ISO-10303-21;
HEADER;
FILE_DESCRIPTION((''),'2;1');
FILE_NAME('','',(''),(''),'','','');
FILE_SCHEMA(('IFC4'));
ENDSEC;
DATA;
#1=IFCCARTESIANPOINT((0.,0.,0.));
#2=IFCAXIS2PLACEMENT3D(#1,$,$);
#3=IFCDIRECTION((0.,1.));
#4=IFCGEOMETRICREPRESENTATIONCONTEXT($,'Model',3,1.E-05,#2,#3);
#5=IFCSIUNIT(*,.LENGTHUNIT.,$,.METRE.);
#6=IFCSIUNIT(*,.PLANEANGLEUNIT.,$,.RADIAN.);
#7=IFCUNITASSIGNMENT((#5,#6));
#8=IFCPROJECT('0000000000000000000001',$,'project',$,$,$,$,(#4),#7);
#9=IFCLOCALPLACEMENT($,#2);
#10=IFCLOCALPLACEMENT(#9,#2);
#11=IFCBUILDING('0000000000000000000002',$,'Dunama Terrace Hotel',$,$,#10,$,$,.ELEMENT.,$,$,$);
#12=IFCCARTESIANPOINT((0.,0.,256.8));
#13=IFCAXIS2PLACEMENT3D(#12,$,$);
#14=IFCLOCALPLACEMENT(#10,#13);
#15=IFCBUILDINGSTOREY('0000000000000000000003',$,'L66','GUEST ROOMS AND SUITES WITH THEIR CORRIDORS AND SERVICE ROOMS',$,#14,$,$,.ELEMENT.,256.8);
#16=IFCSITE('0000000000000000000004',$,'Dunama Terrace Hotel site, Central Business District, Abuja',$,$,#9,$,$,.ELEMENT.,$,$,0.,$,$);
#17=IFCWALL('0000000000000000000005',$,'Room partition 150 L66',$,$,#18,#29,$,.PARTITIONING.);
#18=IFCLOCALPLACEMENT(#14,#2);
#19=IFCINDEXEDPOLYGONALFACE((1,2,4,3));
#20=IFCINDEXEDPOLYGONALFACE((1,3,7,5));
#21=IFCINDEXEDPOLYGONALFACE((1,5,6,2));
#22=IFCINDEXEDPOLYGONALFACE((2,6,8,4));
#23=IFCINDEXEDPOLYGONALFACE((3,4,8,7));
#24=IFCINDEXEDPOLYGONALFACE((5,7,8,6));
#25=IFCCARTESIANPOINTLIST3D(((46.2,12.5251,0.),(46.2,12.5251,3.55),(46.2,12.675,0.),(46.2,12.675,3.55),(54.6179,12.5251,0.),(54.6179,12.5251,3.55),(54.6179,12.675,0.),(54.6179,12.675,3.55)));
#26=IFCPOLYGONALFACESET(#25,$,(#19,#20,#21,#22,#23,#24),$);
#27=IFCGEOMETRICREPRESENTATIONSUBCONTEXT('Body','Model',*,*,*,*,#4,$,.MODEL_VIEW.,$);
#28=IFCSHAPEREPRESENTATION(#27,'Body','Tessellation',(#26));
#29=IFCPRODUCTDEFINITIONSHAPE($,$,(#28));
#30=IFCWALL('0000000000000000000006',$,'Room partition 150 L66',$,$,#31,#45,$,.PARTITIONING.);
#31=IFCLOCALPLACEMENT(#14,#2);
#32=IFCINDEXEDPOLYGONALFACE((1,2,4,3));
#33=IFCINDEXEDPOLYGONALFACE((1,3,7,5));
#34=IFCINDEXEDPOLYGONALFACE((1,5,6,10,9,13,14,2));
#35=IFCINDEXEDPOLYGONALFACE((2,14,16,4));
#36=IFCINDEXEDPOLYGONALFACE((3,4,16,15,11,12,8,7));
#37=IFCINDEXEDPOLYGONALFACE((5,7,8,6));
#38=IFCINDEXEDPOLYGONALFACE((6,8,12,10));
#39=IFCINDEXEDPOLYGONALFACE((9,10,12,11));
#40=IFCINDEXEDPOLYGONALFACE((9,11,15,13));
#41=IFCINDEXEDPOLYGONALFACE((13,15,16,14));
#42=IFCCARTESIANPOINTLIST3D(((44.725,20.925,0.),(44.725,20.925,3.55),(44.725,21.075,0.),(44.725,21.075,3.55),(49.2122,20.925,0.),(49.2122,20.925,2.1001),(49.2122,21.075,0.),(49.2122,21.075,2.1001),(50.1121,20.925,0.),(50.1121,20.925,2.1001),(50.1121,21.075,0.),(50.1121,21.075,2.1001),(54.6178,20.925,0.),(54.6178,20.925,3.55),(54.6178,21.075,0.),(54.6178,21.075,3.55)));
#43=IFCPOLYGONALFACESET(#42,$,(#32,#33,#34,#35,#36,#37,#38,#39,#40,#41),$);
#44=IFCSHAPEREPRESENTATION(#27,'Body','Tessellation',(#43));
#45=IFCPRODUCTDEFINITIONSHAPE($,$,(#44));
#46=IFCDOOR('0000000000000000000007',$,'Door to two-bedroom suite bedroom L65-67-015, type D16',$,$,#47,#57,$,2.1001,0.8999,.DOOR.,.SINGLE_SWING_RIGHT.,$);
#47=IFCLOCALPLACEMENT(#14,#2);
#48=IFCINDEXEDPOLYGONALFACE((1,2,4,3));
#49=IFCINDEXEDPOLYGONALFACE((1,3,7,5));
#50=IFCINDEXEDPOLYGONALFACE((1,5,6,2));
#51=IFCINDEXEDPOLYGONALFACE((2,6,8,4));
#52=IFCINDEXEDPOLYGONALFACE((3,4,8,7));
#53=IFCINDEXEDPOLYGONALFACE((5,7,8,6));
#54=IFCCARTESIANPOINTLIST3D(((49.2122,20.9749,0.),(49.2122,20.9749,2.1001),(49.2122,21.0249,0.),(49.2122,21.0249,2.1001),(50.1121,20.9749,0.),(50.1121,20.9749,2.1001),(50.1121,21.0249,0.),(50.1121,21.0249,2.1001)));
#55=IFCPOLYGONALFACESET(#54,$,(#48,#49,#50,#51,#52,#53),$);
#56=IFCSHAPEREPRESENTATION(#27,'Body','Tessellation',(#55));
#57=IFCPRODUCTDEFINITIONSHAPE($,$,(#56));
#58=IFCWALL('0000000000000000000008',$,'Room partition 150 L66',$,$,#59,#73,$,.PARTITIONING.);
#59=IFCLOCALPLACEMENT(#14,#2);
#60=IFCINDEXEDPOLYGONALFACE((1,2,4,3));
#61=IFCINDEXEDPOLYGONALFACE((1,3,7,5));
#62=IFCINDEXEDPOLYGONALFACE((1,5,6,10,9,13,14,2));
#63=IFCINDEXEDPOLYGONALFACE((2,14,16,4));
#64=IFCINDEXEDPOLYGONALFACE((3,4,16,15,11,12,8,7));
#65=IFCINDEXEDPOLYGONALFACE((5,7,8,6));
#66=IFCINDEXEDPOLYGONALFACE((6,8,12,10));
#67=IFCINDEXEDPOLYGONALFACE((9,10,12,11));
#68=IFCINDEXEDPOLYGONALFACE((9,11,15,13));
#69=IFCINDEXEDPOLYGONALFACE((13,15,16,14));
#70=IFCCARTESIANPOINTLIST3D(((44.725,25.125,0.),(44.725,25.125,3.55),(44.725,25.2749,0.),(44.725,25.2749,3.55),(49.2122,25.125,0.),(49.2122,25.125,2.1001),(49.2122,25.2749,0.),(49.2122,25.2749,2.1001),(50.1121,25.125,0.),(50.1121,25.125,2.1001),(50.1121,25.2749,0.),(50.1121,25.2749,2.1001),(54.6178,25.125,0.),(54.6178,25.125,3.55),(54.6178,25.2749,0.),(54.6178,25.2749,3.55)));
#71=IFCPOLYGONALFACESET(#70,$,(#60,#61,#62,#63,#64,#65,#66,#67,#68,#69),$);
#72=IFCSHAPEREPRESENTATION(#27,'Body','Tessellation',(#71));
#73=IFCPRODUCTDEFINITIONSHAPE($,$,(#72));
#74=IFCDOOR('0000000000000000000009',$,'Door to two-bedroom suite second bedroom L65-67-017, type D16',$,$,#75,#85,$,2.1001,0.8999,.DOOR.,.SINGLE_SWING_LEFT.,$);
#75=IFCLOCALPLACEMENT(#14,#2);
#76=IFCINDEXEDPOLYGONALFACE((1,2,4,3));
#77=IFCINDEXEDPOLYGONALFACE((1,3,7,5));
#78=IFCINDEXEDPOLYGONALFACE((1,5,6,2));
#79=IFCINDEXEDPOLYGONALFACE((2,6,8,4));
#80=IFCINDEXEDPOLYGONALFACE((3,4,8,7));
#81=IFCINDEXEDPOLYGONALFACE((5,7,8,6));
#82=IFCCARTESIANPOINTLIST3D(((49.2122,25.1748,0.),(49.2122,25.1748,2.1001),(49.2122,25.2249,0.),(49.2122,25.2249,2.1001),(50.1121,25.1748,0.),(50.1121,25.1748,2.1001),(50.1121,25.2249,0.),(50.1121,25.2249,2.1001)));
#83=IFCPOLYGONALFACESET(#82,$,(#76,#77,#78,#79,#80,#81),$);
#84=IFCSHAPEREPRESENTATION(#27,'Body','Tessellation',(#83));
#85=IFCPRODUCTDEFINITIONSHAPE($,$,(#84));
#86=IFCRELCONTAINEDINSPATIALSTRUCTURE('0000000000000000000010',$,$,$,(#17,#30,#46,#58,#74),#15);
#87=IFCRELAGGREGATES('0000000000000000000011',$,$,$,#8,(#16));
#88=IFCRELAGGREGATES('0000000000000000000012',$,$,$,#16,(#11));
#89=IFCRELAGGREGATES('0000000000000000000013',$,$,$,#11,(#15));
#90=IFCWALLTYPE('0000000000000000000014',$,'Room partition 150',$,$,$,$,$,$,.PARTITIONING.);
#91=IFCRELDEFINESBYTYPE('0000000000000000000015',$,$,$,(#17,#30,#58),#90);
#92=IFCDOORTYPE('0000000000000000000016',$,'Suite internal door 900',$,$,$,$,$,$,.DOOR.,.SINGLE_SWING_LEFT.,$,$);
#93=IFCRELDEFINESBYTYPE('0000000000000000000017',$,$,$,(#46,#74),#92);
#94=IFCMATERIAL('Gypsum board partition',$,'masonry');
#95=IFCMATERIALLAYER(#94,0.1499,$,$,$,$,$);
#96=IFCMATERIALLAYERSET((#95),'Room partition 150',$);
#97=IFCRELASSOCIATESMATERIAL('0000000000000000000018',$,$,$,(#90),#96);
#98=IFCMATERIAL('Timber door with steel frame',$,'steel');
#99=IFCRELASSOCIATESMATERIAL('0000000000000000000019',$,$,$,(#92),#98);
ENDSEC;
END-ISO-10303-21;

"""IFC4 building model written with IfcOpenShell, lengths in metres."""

from ifc_helpers import new_model, si_unit, direction, frame, frame_2d, origin, place, context, subcontext, project, spatial, rectangle, extrude, material, layer, layer_set, type_object, element, fill, save


model = new_model("IFC4")

# Units and contexts
model_context = context("Model", 3, precision=1e-05, world=origin(), true_north=direction((0.0, 1.0)))
body_context = subcontext(model_context, "Body", "Model", "MODEL_VIEW")
ifc_project = project(units=[si_unit("LENGTHUNIT", "METRE"), si_unit("PLANEANGLEUNIT", "RADIAN")], contexts=[model_context])

# Site, building, storey
site_placement = place(None, origin())
site = spatial("IfcSite", under=ifc_project, at=site_placement, Name="Dunama Terrace Hotel site, Central Business District, Abuja", CompositionType="ELEMENT", RefElevation=0.0)
building_placement = place(site_placement, origin())
building = spatial("IfcBuilding", under=site, at=building_placement, Name="Dunama Terrace Hotel", CompositionType="ELEMENT")
storey_placement = place(building_placement, frame((0.0, 0.0, 256.8)))
storey = spatial("IfcBuildingStorey", under=building, at=storey_placement, Name="L66", Description="GUEST ROOMS AND SUITES WITH THEIR CORRIDORS AND SERVICE ROOMS", CompositionType="ELEMENT", Elevation=256.8)

# Wall
ifc_material_1 = material(Name="Gypsum board partition", Category="masonry")
ifc_layer_1 = layer(ifc_material_1, 0.1499)
ifc_layer_set_1 = layer_set([ifc_layer_1], Name="Room partition 150")
wall_type_1 = type_object("IfcWallType", Name="Room partition 150", PredefinedType="PARTITIONING", material=ifc_layer_set_1)
wall_1_placement = place(storey_placement, frame((46.2, 12.6001, 0.0), z_axis=(0.0, 0.0, 1.0), x_axis=(1.0, 0.0, 0.0)))
element("IfcWall", 1, at=wall_1_placement, inside=storey, type_object=wall_type_1, Name="Room partition 150 L66", PredefinedType="PARTITIONING", context=body_context, shape_type="SweptSolid", body=[
    extrude(rectangle(XDim=8.418, YDim=0.1499, at=frame_2d((4.209, 0.0))), origin(), (0.0, 0.0, 1.0), 3.55),
])

# Walls, openings, doors
wall_2_placement = place(storey_placement, frame((44.7251, 21.0, 0.0), z_axis=(0.0, 0.0, 1.0), x_axis=(1.0, 0.0, 0.0)))
wall_2 = element("IfcWall", 2, at=wall_2_placement, inside=storey, type_object=wall_type_1, Name="Room partition 150 L66", PredefinedType="PARTITIONING", context=body_context, shape_type="SweptSolid", body=[
    extrude(rectangle(XDim=9.8928, YDim=0.1499, at=frame_2d((4.9463, 0.0))), origin(), (0.0, 0.0, 1.0), 3.55),
])
opening_1_placement = place(wall_2_placement, frame((4.4871, 0.0, 0.0)))
opening_1 = element("IfcOpeningElement", 3, at=opening_1_placement, cuts=wall_2, PredefinedType="OPENING", context=body_context, shape_type="SweptSolid", body=[
    extrude(rectangle(XDim=0.8999, YDim=2.1001, at=frame_2d((0.45, 1.05))), frame((0.0, 0.085, 0.0), z_axis=(0.0, -1.0, 0.0), x_axis=(1.0, 0.0, 0.0)), (0.0, 0.0, 1.0), 0.1699),
])
ifc_material_2 = material(Name="Timber door with steel frame", Category="steel")
door_type_1 = type_object("IfcDoorType", Name="Suite internal door 900", OperationType="SINGLE_SWING_LEFT", PredefinedType="DOOR", material=ifc_material_2)
door_1_placement = place(opening_1_placement, frame((0.8999, 0.0, 0.0), z_axis=(0.0, 0.0, 1.0), x_axis=(-1.0, 0.0, 0.0)))
door_1 = element("IfcDoor", 4, at=door_1_placement, inside=storey, type_object=door_type_1, Name="Door to two-bedroom suite bedroom L65-67-015, type D16", OperationType="SINGLE_SWING_RIGHT", OverallHeight=2.1001, OverallWidth=0.8999, PredefinedType="DOOR", context=body_context, shape_type="SweptSolid", body=[
    extrude(rectangle(XDim=0.8999, YDim=2.1001, at=frame_2d((0.45, 1.05))), frame((0.0, 0.0251, 0.0), z_axis=(0.0, -1.0, 0.0), x_axis=(1.0, 0.0, 0.0)), (0.0, 0.0, 1.0), 0.05),
])
fill(opening_1, door_1)
wall_3_placement = place(storey_placement, frame((44.7251, 25.2, 0.0), z_axis=(0.0, 0.0, 1.0), x_axis=(1.0, 0.0, 0.0)))
wall_3 = element("IfcWall", 5, at=wall_3_placement, inside=storey, type_object=wall_type_1, Name="Room partition 150 L66", PredefinedType="PARTITIONING", context=body_context, shape_type="SweptSolid", body=[
    extrude(rectangle(XDim=9.8928, YDim=0.1499, at=frame_2d((4.9463, 0.0))), origin(), (0.0, 0.0, 1.0), 3.55),
])
opening_2_placement = place(wall_3_placement, frame((4.4871, 0.0, 0.0)))
opening_2 = element("IfcOpeningElement", 6, at=opening_2_placement, cuts=wall_3, PredefinedType="OPENING", context=body_context, shape_type="SweptSolid", body=[
    extrude(rectangle(XDim=0.8999, YDim=2.1001, at=frame_2d((0.45, 1.05))), frame((0.0, 0.085, 0.0), z_axis=(0.0, -1.0, 0.0), x_axis=(1.0, 0.0, 0.0)), (0.0, 0.0, 1.0), 0.1699),
])
door_2_placement = place(opening_2_placement, origin())
door_2 = element("IfcDoor", 7, at=door_2_placement, inside=storey, type_object=door_type_1, Name="Door to two-bedroom suite second bedroom L65-67-017, type D16", OperationType="SINGLE_SWING_LEFT", OverallHeight=2.1001, OverallWidth=0.8999, PredefinedType="DOOR", context=body_context, shape_type="SweptSolid", body=[
    extrude(rectangle(XDim=0.8999, YDim=2.1001, at=frame_2d((0.45, 1.05))), frame((0.0, 0.0249, 0.0), z_axis=(0.0, -1.0, 0.0), x_axis=(1.0, 0.0, 0.0)), (0.0, 0.0, 1.0), 0.05),
])
fill(opening_2, door_2)

save(model, "model.ifc")
